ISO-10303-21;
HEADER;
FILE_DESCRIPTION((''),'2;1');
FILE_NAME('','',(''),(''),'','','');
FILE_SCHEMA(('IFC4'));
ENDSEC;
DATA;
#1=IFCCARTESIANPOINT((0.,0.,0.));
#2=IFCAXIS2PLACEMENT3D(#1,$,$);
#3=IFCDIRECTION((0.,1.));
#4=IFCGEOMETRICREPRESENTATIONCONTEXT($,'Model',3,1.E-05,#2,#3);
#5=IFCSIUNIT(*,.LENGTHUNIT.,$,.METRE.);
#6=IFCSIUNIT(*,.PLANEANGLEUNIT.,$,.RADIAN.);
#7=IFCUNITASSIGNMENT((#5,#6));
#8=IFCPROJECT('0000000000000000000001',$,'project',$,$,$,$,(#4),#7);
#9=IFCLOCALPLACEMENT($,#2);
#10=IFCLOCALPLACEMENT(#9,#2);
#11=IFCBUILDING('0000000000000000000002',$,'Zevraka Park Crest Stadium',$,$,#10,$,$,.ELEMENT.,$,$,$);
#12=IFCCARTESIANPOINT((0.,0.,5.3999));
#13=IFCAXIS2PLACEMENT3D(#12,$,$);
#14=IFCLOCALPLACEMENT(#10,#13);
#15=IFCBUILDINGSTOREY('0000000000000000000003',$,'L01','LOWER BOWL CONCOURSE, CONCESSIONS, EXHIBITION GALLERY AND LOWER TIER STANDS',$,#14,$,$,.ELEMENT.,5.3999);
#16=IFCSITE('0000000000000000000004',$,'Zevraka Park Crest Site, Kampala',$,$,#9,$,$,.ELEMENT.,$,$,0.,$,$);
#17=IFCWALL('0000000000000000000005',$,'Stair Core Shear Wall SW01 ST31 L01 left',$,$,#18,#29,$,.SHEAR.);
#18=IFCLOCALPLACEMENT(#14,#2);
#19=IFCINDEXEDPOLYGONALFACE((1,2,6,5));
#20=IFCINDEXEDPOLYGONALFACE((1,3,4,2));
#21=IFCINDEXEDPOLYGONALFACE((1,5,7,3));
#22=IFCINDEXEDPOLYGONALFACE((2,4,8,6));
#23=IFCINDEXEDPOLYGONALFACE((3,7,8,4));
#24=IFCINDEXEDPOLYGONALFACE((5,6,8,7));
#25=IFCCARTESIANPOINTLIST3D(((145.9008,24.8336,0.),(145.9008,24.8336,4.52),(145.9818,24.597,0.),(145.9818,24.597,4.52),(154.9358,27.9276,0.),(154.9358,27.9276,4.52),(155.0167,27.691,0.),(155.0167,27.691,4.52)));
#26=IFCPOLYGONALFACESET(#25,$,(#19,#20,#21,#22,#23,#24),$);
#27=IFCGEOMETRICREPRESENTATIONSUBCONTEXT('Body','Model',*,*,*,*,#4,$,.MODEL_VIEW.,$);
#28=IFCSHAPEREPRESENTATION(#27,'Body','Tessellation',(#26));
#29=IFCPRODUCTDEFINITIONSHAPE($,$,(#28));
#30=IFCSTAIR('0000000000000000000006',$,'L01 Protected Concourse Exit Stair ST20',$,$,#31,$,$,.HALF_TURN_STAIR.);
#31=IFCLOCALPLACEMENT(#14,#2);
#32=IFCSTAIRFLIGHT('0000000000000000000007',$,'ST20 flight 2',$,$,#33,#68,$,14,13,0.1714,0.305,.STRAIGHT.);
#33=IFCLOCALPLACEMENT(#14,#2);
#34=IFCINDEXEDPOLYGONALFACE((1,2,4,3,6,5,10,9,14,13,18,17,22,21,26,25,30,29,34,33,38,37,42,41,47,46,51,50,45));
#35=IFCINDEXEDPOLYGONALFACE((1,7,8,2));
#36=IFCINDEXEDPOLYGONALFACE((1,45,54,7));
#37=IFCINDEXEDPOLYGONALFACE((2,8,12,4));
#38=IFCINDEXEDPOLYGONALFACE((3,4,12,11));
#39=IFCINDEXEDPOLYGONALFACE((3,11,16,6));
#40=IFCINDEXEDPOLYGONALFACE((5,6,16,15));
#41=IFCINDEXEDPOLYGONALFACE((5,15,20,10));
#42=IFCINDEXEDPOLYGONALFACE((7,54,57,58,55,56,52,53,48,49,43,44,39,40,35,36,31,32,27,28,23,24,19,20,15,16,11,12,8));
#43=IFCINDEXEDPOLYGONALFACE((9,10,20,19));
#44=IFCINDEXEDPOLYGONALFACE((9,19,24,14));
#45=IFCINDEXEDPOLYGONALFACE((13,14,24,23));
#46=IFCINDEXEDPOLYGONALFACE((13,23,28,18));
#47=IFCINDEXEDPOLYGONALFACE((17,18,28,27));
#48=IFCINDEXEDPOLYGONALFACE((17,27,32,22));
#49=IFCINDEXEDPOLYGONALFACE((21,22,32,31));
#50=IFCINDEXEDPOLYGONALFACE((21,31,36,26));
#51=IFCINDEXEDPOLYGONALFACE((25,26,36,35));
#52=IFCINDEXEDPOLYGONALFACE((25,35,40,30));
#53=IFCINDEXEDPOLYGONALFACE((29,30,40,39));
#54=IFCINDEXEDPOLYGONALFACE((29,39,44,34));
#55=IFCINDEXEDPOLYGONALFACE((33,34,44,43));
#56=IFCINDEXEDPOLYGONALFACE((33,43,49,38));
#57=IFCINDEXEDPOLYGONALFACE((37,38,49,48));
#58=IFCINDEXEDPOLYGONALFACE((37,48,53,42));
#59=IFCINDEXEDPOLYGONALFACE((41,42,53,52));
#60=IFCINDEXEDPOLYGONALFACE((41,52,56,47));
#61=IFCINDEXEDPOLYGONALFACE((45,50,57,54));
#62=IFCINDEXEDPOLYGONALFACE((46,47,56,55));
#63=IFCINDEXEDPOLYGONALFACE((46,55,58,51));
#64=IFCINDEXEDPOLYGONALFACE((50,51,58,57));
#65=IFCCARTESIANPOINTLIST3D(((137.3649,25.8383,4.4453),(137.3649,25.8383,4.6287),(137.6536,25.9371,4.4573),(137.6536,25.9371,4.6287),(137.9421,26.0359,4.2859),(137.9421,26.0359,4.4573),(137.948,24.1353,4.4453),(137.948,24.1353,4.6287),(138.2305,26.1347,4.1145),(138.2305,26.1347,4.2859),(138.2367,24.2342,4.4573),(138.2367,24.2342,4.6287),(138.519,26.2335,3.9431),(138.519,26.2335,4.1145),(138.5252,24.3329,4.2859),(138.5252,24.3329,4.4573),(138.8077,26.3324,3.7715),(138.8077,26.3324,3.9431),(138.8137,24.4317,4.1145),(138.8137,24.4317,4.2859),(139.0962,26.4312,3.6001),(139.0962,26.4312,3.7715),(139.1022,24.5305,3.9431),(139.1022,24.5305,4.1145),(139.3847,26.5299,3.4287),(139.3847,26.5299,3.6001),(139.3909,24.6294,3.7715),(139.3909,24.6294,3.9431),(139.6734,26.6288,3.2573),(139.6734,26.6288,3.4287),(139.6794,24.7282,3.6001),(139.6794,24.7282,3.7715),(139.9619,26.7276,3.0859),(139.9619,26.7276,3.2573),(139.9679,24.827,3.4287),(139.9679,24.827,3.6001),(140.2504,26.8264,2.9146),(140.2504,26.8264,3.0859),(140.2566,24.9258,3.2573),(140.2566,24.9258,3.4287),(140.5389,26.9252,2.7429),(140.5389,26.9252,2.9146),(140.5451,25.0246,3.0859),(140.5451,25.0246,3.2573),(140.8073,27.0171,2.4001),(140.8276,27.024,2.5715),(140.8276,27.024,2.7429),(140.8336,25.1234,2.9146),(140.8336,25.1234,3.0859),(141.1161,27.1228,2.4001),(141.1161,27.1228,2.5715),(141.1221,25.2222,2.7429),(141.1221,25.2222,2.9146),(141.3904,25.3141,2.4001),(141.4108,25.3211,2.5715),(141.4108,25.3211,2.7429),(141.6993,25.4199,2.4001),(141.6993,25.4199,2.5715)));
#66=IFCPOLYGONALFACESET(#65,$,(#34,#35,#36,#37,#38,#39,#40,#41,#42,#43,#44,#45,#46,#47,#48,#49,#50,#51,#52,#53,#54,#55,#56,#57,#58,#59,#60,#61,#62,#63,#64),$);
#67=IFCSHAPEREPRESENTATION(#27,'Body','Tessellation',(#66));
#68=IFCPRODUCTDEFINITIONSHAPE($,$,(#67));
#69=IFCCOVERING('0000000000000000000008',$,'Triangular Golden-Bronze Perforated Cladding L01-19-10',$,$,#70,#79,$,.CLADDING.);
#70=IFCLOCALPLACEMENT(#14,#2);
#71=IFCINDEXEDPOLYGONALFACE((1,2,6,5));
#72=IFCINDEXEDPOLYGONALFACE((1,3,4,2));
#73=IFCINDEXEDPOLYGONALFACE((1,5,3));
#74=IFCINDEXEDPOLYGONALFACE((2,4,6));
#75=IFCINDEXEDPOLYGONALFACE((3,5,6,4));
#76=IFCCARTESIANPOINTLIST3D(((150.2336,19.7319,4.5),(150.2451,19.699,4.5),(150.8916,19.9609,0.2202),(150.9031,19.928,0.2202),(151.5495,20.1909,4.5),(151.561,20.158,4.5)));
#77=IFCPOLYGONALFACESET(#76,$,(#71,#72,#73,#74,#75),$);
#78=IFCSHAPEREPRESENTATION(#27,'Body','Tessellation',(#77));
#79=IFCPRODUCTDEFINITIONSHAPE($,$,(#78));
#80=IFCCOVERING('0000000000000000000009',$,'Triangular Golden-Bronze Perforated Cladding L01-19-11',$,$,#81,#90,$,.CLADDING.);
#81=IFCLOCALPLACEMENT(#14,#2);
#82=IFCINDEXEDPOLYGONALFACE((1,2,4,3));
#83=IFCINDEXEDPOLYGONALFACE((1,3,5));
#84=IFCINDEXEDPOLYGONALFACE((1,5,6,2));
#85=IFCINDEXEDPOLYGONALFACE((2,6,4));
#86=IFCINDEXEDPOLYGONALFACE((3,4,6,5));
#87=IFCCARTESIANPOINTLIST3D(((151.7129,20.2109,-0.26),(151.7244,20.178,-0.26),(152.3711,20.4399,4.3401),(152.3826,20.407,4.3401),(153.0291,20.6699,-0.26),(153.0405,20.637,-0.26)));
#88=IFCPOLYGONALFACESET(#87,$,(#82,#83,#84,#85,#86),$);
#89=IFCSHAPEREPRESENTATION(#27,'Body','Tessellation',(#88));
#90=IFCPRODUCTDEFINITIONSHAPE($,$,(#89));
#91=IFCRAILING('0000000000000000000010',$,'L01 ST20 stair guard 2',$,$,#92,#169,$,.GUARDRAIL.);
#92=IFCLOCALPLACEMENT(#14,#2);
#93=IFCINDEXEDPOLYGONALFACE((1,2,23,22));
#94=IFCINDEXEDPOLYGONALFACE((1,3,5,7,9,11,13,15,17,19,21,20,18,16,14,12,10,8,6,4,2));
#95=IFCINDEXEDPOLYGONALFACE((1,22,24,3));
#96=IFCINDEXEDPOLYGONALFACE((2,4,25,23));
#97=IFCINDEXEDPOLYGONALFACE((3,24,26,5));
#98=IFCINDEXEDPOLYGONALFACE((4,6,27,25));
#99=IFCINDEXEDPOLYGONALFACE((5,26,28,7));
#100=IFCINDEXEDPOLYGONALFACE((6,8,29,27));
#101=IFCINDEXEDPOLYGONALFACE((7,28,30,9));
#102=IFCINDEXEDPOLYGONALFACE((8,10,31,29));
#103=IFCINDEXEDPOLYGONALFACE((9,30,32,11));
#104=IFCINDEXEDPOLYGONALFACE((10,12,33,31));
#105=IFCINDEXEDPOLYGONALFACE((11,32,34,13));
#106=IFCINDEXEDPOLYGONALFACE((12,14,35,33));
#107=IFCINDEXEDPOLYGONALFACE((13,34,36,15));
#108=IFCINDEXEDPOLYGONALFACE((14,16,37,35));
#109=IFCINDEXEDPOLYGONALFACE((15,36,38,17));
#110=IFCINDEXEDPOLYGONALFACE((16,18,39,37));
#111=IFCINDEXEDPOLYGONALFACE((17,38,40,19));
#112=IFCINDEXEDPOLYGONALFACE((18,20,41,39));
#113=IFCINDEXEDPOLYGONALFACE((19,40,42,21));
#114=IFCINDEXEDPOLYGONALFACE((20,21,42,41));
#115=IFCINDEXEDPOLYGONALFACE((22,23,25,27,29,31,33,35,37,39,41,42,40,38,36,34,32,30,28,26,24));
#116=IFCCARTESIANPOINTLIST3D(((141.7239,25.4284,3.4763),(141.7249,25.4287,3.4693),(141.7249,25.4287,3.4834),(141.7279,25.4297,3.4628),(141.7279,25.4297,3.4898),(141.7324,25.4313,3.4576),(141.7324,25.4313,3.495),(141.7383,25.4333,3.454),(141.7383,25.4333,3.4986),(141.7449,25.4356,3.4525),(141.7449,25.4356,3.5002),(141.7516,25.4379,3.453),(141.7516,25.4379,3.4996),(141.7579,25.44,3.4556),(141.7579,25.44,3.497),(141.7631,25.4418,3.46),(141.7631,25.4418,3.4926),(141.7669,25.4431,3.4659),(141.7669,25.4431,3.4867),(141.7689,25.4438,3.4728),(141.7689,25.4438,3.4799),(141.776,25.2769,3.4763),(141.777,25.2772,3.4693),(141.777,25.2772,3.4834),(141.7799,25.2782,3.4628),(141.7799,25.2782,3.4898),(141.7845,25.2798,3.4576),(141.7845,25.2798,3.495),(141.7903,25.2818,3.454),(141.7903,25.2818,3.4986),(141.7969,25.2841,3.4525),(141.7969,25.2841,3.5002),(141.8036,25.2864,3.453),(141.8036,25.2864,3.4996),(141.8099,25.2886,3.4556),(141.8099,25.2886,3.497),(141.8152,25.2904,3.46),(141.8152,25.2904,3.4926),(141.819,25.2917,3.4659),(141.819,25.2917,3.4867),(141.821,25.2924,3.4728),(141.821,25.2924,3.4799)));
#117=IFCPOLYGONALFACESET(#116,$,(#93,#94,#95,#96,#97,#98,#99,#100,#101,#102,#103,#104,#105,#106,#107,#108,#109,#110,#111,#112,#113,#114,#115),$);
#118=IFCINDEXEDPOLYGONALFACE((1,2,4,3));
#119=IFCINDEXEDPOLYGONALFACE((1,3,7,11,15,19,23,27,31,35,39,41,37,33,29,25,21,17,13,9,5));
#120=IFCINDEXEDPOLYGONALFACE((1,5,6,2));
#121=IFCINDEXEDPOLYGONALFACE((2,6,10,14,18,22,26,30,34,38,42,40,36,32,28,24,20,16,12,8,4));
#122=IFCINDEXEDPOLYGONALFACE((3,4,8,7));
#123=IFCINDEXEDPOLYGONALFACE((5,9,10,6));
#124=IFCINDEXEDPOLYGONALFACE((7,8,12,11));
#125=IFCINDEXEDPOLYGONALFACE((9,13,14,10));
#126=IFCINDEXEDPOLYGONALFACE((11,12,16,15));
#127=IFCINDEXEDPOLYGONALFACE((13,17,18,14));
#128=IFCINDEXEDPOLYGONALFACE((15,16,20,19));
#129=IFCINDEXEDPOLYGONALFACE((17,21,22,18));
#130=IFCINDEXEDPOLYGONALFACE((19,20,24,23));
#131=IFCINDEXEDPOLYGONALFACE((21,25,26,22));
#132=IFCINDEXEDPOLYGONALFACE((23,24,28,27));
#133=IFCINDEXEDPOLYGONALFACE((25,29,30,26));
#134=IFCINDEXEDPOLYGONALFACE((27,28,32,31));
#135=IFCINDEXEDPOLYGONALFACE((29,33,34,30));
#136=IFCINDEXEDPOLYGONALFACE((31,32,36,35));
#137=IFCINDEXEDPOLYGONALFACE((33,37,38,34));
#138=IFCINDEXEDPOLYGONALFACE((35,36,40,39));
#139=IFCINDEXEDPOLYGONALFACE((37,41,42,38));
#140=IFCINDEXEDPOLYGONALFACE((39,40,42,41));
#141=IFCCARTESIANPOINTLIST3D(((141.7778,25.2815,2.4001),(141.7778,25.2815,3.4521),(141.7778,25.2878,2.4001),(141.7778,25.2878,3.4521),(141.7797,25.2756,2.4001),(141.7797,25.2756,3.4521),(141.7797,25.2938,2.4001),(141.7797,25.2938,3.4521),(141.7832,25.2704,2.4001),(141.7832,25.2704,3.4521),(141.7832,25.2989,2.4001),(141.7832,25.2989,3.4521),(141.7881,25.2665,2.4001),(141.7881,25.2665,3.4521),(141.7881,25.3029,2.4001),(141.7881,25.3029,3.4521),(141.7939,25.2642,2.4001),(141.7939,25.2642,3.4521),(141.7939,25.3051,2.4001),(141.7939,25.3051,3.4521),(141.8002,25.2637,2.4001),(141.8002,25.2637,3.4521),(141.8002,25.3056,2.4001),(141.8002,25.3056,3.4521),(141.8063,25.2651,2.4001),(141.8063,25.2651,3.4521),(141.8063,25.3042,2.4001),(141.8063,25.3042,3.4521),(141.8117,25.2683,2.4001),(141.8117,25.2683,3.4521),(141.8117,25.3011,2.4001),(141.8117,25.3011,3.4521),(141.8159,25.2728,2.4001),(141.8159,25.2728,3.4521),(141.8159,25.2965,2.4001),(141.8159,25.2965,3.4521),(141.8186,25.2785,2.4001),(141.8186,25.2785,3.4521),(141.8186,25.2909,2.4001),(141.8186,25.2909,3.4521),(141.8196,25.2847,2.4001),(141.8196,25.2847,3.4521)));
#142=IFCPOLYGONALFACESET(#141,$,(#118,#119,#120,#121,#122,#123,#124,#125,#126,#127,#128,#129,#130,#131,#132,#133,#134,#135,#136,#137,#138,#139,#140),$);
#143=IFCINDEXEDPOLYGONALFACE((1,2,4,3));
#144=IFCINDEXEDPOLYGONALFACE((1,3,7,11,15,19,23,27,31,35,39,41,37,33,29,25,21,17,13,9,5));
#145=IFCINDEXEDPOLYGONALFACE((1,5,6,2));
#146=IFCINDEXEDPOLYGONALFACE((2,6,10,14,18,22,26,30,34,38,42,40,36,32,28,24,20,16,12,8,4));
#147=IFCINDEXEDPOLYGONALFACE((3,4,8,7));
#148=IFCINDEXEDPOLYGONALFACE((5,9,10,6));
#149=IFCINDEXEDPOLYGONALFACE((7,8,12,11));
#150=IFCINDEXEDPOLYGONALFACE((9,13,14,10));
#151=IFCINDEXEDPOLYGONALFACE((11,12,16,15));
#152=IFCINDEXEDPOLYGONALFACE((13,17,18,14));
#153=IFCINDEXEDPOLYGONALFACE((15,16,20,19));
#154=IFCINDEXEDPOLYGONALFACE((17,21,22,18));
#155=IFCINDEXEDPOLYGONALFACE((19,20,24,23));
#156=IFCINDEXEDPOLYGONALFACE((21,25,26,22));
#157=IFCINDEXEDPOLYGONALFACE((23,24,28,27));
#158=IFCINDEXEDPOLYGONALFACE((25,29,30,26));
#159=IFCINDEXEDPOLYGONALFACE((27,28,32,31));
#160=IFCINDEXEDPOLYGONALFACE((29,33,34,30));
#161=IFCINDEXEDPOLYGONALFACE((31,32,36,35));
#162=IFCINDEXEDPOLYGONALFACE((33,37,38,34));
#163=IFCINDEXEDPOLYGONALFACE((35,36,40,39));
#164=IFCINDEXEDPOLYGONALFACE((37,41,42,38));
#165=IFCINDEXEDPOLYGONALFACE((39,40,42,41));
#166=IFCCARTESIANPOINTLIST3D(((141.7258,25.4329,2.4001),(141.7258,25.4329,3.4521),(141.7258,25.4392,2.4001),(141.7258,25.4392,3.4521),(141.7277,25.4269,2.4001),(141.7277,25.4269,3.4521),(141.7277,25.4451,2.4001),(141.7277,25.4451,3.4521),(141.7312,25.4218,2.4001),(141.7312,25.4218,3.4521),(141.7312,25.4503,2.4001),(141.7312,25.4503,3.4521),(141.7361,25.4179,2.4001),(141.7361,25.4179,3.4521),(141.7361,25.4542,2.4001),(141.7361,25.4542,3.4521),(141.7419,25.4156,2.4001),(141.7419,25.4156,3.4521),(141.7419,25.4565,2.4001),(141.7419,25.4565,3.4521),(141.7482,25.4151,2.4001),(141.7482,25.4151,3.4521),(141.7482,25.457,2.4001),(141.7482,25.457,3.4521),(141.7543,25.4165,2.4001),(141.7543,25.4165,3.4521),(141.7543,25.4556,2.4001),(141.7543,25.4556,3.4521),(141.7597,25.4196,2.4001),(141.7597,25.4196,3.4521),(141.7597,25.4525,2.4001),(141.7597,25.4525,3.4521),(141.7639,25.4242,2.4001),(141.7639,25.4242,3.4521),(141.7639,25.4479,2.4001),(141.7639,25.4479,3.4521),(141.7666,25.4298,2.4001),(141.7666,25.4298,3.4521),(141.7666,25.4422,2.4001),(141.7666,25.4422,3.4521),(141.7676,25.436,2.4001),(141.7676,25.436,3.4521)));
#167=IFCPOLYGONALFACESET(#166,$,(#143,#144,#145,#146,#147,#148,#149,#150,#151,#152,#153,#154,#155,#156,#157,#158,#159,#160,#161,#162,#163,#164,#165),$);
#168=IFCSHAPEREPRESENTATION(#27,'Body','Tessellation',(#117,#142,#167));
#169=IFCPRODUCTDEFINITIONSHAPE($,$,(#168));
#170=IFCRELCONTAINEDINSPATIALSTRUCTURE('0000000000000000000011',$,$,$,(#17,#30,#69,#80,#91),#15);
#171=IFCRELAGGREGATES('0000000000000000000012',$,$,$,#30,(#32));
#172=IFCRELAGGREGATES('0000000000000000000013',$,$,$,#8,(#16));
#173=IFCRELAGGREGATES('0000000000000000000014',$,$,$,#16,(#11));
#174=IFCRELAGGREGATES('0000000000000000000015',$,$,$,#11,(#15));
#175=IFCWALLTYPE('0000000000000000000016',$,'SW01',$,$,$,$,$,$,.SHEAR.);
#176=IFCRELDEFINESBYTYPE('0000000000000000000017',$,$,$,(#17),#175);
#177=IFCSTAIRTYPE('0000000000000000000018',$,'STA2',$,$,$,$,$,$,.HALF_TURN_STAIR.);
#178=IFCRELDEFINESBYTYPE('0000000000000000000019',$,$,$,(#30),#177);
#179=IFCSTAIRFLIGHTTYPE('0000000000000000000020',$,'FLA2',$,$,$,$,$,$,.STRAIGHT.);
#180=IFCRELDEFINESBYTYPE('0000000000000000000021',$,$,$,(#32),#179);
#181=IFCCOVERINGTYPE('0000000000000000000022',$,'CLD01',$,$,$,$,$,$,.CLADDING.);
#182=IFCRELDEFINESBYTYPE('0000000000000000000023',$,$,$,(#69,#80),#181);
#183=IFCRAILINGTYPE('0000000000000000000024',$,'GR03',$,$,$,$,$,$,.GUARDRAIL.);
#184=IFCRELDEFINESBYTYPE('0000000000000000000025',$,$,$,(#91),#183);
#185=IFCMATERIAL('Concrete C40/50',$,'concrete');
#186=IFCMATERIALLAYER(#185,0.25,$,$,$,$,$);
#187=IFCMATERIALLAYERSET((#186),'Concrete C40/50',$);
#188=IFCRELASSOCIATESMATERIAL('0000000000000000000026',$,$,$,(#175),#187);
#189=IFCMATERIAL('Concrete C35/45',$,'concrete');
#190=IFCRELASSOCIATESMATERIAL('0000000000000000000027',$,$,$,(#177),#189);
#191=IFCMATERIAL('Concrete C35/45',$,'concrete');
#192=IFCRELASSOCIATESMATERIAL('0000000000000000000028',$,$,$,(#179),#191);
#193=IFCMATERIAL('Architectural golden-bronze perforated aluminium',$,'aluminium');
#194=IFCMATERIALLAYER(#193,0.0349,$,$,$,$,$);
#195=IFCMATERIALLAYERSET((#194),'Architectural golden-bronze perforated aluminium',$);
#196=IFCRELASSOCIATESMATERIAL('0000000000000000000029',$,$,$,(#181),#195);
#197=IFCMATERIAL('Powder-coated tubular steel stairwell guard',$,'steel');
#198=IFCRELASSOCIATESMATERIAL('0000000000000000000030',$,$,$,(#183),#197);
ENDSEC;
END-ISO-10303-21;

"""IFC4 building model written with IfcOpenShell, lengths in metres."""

from ifc_helpers import new_model, si_unit, direction, frame, frame_2d, origin, origin_2d, place, context, subcontext, project, spatial, polyline, rectangle, circle, outline, extrude, material, layer, layer_set, type_object, element, aggregate, save


model = new_model("IFC4")

# Units and contexts
model_context = context("Model", 3, precision=1e-05, world=origin(), true_north=direction((0.0, 1.0)))
body_context = subcontext(model_context, "Body", "Model", "MODEL_VIEW")
ifc_project = project(units=[si_unit("LENGTHUNIT", "METRE"), si_unit("PLANEANGLEUNIT", "RADIAN")], contexts=[model_context])

# Site, building, storey
site_placement = place(None, origin())
site = spatial("IfcSite", under=ifc_project, at=site_placement, Name="Zevraka Park Crest Site, Kampala", CompositionType="ELEMENT", RefElevation=0.0)
building_placement = place(site_placement, origin())
building = spatial("IfcBuilding", under=site, at=building_placement, Name="Zevraka Park Crest Stadium", CompositionType="ELEMENT")
storey_placement = place(building_placement, frame((0.0, 0.0, 5.3999)))
storey = spatial("IfcBuildingStorey", under=building, at=storey_placement, Name="L01", Description="LOWER BOWL CONCOURSE, CONCESSIONS, EXHIBITION GALLERY AND LOWER TIER STANDS", CompositionType="ELEMENT", Elevation=5.3999)

# Wall
ifc_material_1 = material(Name="Concrete C40/50", Category="concrete")
ifc_layer_1 = layer(ifc_material_1, 0.25)
ifc_layer_set_1 = layer_set([ifc_layer_1], Name="Concrete C40/50")
wall_type = type_object("IfcWallType", Name="SW01", PredefinedType="SHEAR", material=ifc_layer_set_1)
wall_1_placement = place(storey_placement, frame((145.9414, 24.7153, 0.0), z_axis=(0.0, 0.0, 1.0), x_axis=(0.946064, 0.323979, 0.0)))
element("IfcWall", 1, at=wall_1_placement, inside=storey, type_object=wall_type, Name="Stair Core Shear Wall SW01 ST31 L01 left", PredefinedType="SHEAR", context=body_context, shape_type="SweptSolid", body=[
    extrude(rectangle(XDim=9.55, YDim=0.25, at=frame_2d((4.7749, 0.0))), origin(), (0.0, 0.0, 1.0), 4.52),
])

# Stair, stair flight
ifc_material_2 = material(Name="Concrete C35/45", Category="concrete")
stair_type = type_object("IfcStairType", Name="STA2", PredefinedType="HALF_TURN_STAIR", material=ifc_material_2)
stair_placement = place(storey_placement, origin())
stair = element("IfcStair", 2, at=stair_placement, inside=storey, type_object=stair_type, Name="L01 Protected Concourse Exit Stair ST20", PredefinedType="HALF_TURN_STAIR")
ifc_material_3 = material(Name="Concrete C35/45", Category="concrete")
stair_flight_type = type_object("IfcStairFlightType", Name="FLA2", PredefinedType="STRAIGHT", material=ifc_material_3)
stair_flight_placement = place(storey_placement, frame((141.4077, 26.2712, 2.4001), z_axis=(0.0, 0.0, 1.0), x_axis=(-0.946066, -0.323974, 0.0)))
stair_flight = element("IfcStairFlight", 3, at=stair_flight_placement, type_object=stair_flight_type, Name="ST20 flight 2", NumberOfRisers=14, NumberOfTreads=13, PredefinedType="STRAIGHT", RiserHeight=0.1714, TreadLength=0.305, context=body_context, shape_type="SweptSolid", body=[
    extrude(outline(polyline([(0.0, 0.0), (0.0, 0.1714), (0.3049, 0.1714), (0.3049, 0.3428), (0.6101, 0.3428), (0.6101, 0.5144), (0.915, 0.5144), (0.915, 0.6858), (1.22, 0.6858), (1.22, 0.8572), (1.5249, 0.8572), (1.5249, 1.0286), (1.8301, 1.0286), (1.8301, 1.2), (2.135, 1.2), (2.135, 1.3713), (2.4399, 1.3713), (2.4399, 1.543), (2.7451, 1.543), (2.7451, 1.7144), (3.05, 1.7144), (3.05, 1.8857), (3.355, 1.8857), (3.355, 2.0571), (3.6599, 2.0571), (3.6599, 2.2285), (3.9651, 2.2285), (3.9651, 2.3999), (3.9651, 2.0452), (0.3264, 0.0), (0.0, 0.0)])), frame((0.0, 0.8999, 0.0), z_axis=(0.0, -1.0, 0.0), x_axis=(1.0, 0.0, 0.0)), (0.0, 0.0, 1.0), 1.8),
])
aggregate(stair, [stair_flight])

# Coverings
ifc_material_4 = material(Name="Architectural golden-bronze perforated aluminium", Category="aluminium")
ifc_layer_2 = layer(ifc_material_4, 0.0349)
ifc_layer_set_2 = layer_set([ifc_layer_2], Name="Architectural golden-bronze perforated aluminium")
covering_type = type_object("IfcCoveringType", Name="CLD01", PredefinedType="CLADDING", material=ifc_layer_set_2)
covering_1_placement = place(storey_placement, frame((151.561, 20.158, 4.5), z_axis=(0.329336, -0.944213, 0.000108), x_axis=(-0.944213, -0.329336, 0.0)))
element("IfcCovering", 4, at=covering_1_placement, inside=storey, type_object=covering_type, Name="Triangular Golden-Bronze Perforated Cladding L01-19-10", PredefinedType="CLADDING", context=body_context, shape_type="SweptSolid", body=[
    extrude(outline(polyline([(0.0, 0.0), (1.3937, 0.0), (0.697, 4.2798), (0.0, 0.0)])), origin(), (0.0, 0.0, -1.0), 0.0349),
])
covering_2_placement = place(storey_placement, frame((151.7129, 20.2109, -0.26), z_axis=(-0.329281, 0.944232, 0.000109), x_axis=(0.944232, 0.329281, 0.0)))
element("IfcCovering", 5, at=covering_2_placement, inside=storey, type_object=covering_type, Name="Triangular Golden-Bronze Perforated Cladding L01-19-11", PredefinedType="CLADDING", context=body_context, shape_type="SweptSolid", body=[
    extrude(outline(polyline([(0.0, 0.0), (1.3939, 0.0), (0.6969, -4.6001), (0.0, 0.0)])), origin(), (0.0, 0.0, -1.0), 0.0349),
])

# Railing
ifc_material_5 = material(Name="Powder-coated tubular steel stairwell guard", Category="steel")
railing_type_1 = type_object("IfcRailingType", Name="GR03", PredefinedType="GUARDRAIL", material=ifc_material_5)
railing_1_placement = place(storey_placement, frame((141.7986, 25.2847, 2.4001)))
element("IfcRailing", 6, at=railing_1_placement, inside=storey, type_object=railing_type_1, Name="L01 ST20 stair guard 2", PredefinedType="GUARDRAIL", context=body_context, shape_type="SweptSolid", body=[
    extrude(circle(Radius=0.0239, at=origin_2d()), frame((0.0, 0.0, 1.0762), z_axis=(-0.324909, 0.945745, 0.0), x_axis=(-0.945745, -0.324909, 0.0)), (0.0, 0.0, 1.0), 0.1602),
    extrude(circle(Radius=0.021, at=origin_2d()), origin(), (0.0, 0.0, 1.0), 1.052),
    extrude(circle(Radius=0.021, at=origin_2d()), frame((-0.052, 0.1514, 0.0)), (0.0, 0.0, 1.0), 1.052),
])

save(model, "model.ifc")
